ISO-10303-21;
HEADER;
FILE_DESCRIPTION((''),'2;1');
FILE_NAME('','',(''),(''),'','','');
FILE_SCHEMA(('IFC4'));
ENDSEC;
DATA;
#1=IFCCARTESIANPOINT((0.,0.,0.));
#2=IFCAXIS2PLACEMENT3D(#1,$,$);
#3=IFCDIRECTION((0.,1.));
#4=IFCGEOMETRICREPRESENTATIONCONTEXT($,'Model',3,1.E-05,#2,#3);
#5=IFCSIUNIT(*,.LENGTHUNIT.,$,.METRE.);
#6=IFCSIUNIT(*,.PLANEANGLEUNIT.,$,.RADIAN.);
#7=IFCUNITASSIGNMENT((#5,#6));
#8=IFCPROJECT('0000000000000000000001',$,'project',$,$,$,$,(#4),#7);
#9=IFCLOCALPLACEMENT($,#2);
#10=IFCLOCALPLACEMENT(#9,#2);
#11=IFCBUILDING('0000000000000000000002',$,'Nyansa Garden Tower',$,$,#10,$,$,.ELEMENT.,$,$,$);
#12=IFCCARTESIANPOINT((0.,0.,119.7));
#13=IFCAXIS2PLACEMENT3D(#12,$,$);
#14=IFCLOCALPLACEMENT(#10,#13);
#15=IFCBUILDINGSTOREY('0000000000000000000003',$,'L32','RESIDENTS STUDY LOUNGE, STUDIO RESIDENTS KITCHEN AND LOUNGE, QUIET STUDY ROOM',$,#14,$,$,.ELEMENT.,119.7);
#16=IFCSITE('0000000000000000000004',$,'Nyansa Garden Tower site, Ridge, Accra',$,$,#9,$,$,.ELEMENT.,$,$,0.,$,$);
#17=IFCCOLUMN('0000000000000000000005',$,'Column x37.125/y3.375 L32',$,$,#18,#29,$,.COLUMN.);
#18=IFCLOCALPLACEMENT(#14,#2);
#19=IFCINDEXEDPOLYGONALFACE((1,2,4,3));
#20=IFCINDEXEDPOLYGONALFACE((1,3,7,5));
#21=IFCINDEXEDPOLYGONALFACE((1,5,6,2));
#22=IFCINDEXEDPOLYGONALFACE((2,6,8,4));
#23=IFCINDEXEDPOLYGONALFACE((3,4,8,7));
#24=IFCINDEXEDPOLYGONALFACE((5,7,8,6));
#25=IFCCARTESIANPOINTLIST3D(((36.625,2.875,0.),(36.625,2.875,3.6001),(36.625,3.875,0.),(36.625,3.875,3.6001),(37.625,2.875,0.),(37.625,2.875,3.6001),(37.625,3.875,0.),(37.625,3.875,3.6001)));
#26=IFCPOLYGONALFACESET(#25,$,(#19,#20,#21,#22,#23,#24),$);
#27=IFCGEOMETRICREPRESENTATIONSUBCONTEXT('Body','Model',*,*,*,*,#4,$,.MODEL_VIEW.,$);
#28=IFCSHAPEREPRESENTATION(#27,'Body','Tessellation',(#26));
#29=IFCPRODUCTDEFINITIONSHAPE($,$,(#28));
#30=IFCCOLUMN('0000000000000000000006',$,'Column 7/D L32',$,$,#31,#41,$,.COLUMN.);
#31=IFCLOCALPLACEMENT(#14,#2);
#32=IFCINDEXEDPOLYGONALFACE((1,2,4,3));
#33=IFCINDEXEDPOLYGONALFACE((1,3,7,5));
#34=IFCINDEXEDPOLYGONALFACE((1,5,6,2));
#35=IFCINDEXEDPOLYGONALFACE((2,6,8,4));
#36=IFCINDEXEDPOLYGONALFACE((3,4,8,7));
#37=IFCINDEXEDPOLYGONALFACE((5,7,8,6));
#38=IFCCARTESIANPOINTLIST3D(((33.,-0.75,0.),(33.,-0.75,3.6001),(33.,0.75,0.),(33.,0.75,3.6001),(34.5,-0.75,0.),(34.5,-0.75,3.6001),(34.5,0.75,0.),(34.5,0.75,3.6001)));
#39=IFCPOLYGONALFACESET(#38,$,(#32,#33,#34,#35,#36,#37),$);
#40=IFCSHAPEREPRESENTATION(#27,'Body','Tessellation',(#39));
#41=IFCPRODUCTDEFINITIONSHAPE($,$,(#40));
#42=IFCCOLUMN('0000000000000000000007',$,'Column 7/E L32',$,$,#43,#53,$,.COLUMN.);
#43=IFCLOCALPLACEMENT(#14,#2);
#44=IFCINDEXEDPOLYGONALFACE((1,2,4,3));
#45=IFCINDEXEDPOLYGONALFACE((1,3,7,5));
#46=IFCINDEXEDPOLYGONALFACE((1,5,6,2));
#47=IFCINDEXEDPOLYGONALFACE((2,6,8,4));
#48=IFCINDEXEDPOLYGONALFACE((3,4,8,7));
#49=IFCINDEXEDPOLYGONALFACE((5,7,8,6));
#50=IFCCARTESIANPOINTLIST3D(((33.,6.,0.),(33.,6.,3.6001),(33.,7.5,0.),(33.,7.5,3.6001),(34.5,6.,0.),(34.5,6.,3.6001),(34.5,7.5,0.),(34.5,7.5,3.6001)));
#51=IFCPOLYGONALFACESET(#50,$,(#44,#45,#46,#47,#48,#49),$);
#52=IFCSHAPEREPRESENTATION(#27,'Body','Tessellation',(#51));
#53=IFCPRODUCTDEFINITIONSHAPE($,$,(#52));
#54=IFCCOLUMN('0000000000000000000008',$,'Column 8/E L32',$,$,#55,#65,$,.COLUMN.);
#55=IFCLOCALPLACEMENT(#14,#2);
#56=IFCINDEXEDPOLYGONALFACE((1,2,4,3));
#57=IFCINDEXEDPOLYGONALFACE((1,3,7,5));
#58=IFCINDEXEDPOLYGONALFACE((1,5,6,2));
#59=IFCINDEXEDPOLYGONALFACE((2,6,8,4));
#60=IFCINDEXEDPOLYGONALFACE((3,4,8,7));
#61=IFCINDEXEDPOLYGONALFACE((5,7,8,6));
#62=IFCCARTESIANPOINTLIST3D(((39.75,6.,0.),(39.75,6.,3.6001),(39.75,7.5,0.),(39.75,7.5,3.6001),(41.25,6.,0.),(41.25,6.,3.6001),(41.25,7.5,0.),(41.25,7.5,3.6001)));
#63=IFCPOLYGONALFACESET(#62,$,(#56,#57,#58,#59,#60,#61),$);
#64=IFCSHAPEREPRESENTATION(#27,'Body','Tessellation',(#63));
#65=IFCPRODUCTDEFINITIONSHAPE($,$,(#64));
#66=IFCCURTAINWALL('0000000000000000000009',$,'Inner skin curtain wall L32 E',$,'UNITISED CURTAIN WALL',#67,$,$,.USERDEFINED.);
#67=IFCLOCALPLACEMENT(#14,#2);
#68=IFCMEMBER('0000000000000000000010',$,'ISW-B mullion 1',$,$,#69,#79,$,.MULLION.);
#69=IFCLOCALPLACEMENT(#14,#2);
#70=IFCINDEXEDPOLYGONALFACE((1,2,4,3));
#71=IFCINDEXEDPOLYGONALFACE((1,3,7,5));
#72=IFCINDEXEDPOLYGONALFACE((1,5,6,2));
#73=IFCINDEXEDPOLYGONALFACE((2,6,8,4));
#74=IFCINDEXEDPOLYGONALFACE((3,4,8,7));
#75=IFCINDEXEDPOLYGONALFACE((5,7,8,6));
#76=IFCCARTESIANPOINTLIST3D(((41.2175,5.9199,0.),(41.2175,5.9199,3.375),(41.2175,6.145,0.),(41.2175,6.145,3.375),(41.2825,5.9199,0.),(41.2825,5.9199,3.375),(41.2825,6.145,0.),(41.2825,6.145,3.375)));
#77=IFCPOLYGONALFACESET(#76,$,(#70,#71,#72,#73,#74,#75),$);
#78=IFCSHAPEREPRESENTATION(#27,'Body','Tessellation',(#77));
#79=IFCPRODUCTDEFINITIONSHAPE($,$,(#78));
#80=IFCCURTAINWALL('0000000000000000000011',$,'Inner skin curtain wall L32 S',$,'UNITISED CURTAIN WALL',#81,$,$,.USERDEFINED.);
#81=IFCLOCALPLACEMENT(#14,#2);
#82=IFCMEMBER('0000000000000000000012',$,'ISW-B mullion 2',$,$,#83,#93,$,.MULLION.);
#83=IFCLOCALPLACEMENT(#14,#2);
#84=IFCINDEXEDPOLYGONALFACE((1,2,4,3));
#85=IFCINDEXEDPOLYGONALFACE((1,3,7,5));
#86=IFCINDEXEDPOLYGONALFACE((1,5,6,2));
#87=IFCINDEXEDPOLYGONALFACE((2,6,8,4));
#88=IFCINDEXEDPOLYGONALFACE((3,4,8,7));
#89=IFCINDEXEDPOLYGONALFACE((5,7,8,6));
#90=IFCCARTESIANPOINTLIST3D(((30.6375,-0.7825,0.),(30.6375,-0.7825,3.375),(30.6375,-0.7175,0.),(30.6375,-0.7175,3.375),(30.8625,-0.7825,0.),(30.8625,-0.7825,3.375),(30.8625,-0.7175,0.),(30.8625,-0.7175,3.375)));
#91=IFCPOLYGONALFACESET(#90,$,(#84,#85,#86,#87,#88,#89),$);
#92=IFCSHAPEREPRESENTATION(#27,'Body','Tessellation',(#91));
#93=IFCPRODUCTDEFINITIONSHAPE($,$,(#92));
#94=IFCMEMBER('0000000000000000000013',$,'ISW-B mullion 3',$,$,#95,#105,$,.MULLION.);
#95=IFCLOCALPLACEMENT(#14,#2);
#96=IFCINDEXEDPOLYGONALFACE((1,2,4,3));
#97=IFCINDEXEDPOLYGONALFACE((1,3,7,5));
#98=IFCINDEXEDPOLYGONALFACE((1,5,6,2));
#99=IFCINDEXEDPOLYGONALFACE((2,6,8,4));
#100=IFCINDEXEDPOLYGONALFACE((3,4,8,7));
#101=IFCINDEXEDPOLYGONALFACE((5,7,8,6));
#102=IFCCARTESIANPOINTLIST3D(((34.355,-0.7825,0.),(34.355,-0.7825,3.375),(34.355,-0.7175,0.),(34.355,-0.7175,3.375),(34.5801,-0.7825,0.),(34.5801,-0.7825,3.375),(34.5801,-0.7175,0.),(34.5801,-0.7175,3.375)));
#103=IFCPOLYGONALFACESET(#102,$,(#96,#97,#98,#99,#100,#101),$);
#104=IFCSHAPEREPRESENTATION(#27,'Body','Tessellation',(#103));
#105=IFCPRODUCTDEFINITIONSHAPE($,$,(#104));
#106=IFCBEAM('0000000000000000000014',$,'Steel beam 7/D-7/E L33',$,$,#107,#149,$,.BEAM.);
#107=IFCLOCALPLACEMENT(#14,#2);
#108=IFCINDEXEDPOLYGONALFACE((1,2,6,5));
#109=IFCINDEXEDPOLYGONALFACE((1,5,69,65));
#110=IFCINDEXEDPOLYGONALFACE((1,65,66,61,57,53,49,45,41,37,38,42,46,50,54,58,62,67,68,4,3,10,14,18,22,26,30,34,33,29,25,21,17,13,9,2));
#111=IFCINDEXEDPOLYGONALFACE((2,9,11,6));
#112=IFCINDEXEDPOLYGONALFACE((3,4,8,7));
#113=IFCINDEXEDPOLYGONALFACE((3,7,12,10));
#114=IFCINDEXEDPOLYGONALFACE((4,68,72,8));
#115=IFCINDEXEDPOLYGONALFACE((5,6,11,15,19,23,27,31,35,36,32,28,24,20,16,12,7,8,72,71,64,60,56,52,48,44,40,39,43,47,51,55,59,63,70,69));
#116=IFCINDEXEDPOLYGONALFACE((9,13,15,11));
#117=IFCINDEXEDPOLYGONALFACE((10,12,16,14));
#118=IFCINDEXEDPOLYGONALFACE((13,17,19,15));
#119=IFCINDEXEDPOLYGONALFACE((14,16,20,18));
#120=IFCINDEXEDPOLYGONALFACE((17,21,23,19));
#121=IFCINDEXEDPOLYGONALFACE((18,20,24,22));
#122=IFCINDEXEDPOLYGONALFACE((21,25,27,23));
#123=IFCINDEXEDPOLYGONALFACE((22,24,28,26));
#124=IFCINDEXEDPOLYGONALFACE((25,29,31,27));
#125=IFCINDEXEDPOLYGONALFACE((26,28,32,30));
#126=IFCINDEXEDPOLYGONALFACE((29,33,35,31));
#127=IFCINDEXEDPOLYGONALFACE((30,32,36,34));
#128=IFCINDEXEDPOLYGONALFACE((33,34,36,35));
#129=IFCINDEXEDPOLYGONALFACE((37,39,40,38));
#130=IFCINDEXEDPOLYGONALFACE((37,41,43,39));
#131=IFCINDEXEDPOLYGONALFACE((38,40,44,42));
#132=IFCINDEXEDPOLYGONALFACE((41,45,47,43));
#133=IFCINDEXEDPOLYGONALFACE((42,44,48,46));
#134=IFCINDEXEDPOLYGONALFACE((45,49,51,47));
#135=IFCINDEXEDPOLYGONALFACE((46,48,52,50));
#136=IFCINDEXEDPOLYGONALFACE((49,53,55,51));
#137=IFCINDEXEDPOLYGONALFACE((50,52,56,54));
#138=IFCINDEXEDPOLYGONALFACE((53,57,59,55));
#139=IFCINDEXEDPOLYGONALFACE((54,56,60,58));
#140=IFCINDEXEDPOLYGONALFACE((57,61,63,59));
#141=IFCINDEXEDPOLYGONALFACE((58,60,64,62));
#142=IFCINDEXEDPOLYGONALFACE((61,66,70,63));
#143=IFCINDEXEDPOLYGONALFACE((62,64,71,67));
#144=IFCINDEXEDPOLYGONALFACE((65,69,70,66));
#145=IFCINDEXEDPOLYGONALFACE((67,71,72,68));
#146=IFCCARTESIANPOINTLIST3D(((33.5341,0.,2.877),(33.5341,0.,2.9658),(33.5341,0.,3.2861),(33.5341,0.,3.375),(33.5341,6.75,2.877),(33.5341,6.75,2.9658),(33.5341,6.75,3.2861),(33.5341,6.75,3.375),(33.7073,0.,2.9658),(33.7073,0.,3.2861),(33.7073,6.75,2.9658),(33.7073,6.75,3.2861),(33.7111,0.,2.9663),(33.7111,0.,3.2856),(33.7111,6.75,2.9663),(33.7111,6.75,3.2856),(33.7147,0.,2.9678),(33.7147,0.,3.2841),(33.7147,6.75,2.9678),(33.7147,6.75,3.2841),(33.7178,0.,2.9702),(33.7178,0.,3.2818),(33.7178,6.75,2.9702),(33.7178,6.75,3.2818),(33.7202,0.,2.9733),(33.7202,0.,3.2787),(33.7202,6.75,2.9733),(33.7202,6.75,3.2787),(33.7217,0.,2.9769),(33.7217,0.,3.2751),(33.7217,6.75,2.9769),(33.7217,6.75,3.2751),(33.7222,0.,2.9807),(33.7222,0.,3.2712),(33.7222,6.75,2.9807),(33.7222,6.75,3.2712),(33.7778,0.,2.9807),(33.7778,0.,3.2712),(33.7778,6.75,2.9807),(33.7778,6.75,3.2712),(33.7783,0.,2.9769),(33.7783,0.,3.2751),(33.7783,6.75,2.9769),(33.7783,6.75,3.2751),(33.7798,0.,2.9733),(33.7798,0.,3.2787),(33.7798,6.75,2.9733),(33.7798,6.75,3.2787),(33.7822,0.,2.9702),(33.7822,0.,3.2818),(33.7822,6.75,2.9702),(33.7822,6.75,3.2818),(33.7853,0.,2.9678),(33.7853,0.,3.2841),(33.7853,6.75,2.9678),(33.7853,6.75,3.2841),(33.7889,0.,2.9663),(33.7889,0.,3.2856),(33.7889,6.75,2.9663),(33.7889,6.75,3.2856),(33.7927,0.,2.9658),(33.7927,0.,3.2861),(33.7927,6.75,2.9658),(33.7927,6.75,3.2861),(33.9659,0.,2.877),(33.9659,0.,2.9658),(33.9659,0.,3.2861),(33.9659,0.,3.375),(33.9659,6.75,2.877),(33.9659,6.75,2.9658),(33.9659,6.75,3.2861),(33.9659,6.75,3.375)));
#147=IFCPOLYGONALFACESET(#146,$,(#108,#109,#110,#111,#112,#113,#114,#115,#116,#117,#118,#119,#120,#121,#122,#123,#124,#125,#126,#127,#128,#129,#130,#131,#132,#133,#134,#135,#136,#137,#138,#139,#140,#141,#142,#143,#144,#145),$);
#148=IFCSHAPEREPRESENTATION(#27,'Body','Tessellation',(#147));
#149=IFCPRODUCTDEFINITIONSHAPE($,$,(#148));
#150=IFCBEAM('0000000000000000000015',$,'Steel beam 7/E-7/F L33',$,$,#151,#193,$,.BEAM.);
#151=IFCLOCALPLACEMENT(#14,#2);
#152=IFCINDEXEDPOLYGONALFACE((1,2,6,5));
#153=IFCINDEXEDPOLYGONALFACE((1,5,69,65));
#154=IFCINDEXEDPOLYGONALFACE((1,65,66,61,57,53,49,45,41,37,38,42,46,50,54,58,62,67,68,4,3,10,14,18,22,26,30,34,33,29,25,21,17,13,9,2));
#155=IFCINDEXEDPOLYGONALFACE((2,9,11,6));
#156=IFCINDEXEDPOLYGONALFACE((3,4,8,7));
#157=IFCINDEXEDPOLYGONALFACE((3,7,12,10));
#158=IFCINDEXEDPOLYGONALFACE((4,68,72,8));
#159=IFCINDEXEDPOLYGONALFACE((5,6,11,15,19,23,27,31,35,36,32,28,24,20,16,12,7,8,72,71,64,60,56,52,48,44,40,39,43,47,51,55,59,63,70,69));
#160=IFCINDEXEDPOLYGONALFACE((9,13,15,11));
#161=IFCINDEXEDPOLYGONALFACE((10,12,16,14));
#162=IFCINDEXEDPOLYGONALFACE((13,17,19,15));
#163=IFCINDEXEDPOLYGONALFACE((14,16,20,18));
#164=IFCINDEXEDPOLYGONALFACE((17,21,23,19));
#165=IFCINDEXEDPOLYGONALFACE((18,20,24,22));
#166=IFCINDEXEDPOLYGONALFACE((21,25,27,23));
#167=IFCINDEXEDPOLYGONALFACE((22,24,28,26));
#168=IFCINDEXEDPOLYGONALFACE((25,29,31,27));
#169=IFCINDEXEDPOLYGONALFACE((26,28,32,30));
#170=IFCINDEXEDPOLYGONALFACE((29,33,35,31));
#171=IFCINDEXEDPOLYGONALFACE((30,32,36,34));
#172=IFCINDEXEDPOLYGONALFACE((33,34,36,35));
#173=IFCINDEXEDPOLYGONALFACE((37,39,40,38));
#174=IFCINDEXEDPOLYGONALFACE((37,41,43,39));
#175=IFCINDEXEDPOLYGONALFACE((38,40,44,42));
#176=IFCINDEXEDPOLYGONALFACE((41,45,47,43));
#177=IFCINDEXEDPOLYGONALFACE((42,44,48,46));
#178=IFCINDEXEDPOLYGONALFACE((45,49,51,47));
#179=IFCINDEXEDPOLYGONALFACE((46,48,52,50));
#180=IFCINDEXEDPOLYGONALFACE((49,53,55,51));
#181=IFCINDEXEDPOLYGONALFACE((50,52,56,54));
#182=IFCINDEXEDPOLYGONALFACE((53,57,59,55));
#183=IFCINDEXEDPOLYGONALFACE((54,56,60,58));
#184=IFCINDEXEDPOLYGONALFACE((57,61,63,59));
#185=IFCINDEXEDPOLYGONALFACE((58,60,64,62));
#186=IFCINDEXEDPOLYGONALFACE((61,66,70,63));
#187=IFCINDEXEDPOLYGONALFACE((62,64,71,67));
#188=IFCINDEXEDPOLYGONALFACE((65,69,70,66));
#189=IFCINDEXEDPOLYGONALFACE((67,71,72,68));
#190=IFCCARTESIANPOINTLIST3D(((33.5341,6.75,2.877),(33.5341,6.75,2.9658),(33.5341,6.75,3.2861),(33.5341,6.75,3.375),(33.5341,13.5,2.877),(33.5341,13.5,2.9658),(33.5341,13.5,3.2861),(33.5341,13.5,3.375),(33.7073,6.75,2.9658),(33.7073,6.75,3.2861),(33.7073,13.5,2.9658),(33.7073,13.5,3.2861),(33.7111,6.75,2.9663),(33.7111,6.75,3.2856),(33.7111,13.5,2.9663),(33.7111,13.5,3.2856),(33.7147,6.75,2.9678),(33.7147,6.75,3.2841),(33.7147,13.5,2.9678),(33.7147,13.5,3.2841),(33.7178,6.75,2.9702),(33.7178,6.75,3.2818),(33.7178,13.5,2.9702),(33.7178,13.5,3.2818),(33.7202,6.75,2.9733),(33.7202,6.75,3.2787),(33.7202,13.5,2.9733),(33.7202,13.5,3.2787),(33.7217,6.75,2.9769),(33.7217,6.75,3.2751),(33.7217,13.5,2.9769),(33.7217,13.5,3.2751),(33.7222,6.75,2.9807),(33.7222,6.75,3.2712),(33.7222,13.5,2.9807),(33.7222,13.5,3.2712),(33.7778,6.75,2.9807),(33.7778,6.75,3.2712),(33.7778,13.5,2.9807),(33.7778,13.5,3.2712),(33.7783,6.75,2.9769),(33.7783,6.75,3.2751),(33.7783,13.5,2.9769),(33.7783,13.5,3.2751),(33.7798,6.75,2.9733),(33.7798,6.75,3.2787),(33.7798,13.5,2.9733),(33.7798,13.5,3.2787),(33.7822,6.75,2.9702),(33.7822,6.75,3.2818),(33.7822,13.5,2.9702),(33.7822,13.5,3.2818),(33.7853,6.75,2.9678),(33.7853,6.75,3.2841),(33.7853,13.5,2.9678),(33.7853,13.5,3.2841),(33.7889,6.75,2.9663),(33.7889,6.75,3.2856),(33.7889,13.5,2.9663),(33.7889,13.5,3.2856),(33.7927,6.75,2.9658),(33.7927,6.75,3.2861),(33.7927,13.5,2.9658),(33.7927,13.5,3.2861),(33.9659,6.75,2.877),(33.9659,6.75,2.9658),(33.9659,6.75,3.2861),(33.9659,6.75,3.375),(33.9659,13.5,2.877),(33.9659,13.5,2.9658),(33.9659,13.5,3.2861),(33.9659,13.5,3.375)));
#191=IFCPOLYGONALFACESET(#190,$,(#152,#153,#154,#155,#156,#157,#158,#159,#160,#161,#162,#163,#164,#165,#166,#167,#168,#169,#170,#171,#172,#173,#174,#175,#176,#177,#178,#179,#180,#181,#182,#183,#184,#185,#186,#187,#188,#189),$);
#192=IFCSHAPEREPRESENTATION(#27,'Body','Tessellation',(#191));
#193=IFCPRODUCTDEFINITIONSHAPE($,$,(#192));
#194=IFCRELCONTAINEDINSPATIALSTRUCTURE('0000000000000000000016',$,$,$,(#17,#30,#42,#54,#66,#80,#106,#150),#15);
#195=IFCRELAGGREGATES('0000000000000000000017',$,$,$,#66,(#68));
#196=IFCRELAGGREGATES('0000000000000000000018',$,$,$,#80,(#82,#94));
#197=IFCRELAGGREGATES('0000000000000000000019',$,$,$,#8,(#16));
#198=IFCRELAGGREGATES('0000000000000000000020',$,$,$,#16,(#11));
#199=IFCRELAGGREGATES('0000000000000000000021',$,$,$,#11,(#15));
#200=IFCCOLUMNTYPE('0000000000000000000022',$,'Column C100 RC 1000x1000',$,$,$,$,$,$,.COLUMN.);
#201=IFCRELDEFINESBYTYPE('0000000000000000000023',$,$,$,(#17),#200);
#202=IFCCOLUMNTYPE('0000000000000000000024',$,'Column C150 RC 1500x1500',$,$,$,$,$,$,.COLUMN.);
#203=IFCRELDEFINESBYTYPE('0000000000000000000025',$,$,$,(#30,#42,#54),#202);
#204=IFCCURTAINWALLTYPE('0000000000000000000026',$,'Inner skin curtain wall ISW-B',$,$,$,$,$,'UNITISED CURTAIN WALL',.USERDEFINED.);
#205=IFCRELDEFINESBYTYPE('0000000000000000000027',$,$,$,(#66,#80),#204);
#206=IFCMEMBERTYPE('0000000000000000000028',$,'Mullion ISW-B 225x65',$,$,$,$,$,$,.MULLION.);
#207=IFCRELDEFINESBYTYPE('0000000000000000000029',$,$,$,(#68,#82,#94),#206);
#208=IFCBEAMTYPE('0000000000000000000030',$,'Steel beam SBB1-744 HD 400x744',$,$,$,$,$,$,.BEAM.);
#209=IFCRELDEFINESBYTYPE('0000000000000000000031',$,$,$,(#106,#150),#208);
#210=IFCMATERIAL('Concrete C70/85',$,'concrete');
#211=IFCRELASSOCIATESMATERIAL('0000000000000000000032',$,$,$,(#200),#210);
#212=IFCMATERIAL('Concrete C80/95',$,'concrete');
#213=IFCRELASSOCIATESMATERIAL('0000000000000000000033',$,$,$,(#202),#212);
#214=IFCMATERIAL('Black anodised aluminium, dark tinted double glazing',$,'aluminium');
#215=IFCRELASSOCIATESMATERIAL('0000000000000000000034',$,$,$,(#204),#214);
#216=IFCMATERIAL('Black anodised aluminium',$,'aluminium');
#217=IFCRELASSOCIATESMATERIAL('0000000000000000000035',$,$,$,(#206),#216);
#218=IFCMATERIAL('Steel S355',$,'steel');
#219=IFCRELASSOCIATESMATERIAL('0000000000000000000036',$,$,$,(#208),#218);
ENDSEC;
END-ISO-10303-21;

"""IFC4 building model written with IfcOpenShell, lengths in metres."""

from ifc_helpers import new_model, si_unit, direction, frame, origin, origin_2d, place, context, subcontext, project, spatial, rectangle, i_section, extrude, material, material_profile, profile_set, type_object, element, aggregate, save


model = new_model("IFC4")

# Units and contexts
model_context = context("Model", 3, precision=1e-05, world=origin(), true_north=direction((0.0, 1.0)))
body_context = subcontext(model_context, "Body", "Model", "MODEL_VIEW")
ifc_project = project(units=[si_unit("LENGTHUNIT", "METRE"), si_unit("PLANEANGLEUNIT", "RADIAN")], contexts=[model_context])

# Site, building, storey
site_placement = place(None, origin())
site = spatial("IfcSite", under=ifc_project, at=site_placement, Name="Nyansa Garden Tower site, Ridge, Accra", CompositionType="ELEMENT", RefElevation=0.0)
building_placement = place(site_placement, origin())
building = spatial("IfcBuilding", under=site, at=building_placement, Name="Nyansa Garden Tower", CompositionType="ELEMENT")
storey_placement = place(building_placement, frame((0.0, 0.0, 119.7)))
storey = spatial("IfcBuildingStorey", under=building, at=storey_placement, Name="L32", Description="RESIDENTS STUDY LOUNGE, STUDIO RESIDENTS KITCHEN AND LOUNGE, QUIET STUDY ROOM", CompositionType="ELEMENT", Elevation=119.7)

# Columns
ifc_material_1 = material(Name="Concrete C70/85", Category="concrete")
ifc_material_profile_1 = material_profile(ifc_material_1, rectangle(XDim=1.0, YDim=1.0, at=origin_2d()), Name="RC 1000x1000")
ifc_profile_set_1 = profile_set([ifc_material_profile_1], Name="Concrete C70/85")
column_type_1 = type_object("IfcColumnType", Name="Column C100 RC 1000x1000", PredefinedType="COLUMN", material=ifc_profile_set_1)
column_placement = place(storey_placement, frame((37.125, 3.375, 0.0), z_axis=(0.0, 0.0, 1.0), x_axis=(1.0, 0.0, 0.0)))
element("IfcColumn", 1, at=column_placement, inside=storey, type_object=column_type_1, Name="Column x37.125/y3.375 L32", PredefinedType="COLUMN", context=body_context, shape_type="SweptSolid", body=[
    extrude(rectangle(XDim=1.0, YDim=1.0, at=origin_2d()), origin(), (0.0, 0.0, 1.0), 3.6001),
])
ifc_material_2 = material(Name="Concrete C80/95", Category="concrete")
ifc_material_profile_2 = material_profile(ifc_material_2, rectangle(XDim=1.5, YDim=1.5, at=origin_2d()), Name="RC 1500x1500")
ifc_profile_set_2 = profile_set([ifc_material_profile_2], Name="Concrete C80/95")
column_type_2 = type_object("IfcColumnType", Name="Column C150 RC 1500x1500", PredefinedType="COLUMN", material=ifc_profile_set_2)
for number, where, z_axis, x_axis, name in (
    (2, (33.75, 0.0, 0.0), (0.0, 0.0, 1.0), (1.0, 0.0, 0.0), "Column 7/D L32"),
    (3, (33.75, 6.75, 0.0), (0.0, 0.0, 1.0), (1.0, 0.0, 0.0), "Column 7/E L32"),
    (4, (40.5, 6.75, 0.0), (0.0, 0.0, 1.0), (1.0, 0.0, 0.0), "Column 8/E L32"),
):
    element("IfcColumn", number, at=place(storey_placement, frame(where, z_axis=z_axis, x_axis=x_axis)), inside=storey, type_object=column_type_2, Name=name, PredefinedType="COLUMN", context=body_context, shape_type="SweptSolid", body=[
        extrude(rectangle(XDim=1.5, YDim=1.5, at=origin_2d()), origin(), (0.0, 0.0, 1.0), 3.6001),
    ])

# Curtain wall, member
ifc_material_3 = material(Name="Black anodised aluminium, dark tinted double glazing", Category="aluminium")
curtain_wall_type = type_object("IfcCurtainWallType", Name="Inner skin curtain wall ISW-B", ElementType="UNITISED CURTAIN WALL", PredefinedType="USERDEFINED", material=ifc_material_3)
curtain_wall_1_placement = place(storey_placement, origin())
curtain_wall_1 = element("IfcCurtainWall", 5, at=curtain_wall_1_placement, inside=storey, type_object=curtain_wall_type, Name="Inner skin curtain wall L32 E", ObjectType="UNITISED CURTAIN WALL", PredefinedType="USERDEFINED")
ifc_material_4 = material(Name="Black anodised aluminium", Category="aluminium")
ifc_material_profile_3 = material_profile(ifc_material_4, rectangle(XDim=0.0649, YDim=0.2251, at=origin_2d()), Name="Mullion 225x65")
ifc_profile_set_3 = profile_set([ifc_material_profile_3], Name="Black anodised aluminium")
member_type_1 = type_object("IfcMemberType", Name="Mullion ISW-B 225x65", PredefinedType="MULLION", material=ifc_profile_set_3)
member_1_placement = place(storey_placement, frame((41.25, 6.0325, 0.0), z_axis=(0.0, 0.0, 1.0), x_axis=(-1.0, 0.0, 0.0)))
member_1 = element("IfcMember", 6, at=member_1_placement, type_object=member_type_1, Name="ISW-B mullion 1", PredefinedType="MULLION", context=body_context, shape_type="SweptSolid", body=[
    extrude(rectangle(XDim=0.0649, YDim=0.2251, at=origin_2d()), origin(), (0.0, 0.0, 1.0), 3.375),
])

# Curtain wall, members
curtain_wall_2_placement = place(storey_placement, origin())
curtain_wall_2 = element("IfcCurtainWall", 7, at=curtain_wall_2_placement, inside=storey, type_object=curtain_wall_type, Name="Inner skin curtain wall L32 S", ObjectType="UNITISED CURTAIN WALL", PredefinedType="USERDEFINED")
member_2_placement = place(storey_placement, frame((30.75, -0.75, 0.0), z_axis=(0.0, 0.0, 1.0), x_axis=(0.0, 1.0, 0.0)))
member_2 = element("IfcMember", 8, at=member_2_placement, type_object=member_type_1, Name="ISW-B mullion 2", PredefinedType="MULLION", context=body_context, shape_type="SweptSolid", body=[
    extrude(rectangle(XDim=0.0649, YDim=0.2251, at=origin_2d()), origin(), (0.0, 0.0, 1.0), 3.375),
])
member_3_placement = place(storey_placement, frame((34.4675, -0.75, 0.0), z_axis=(0.0, 0.0, 1.0), x_axis=(0.0, 1.0, 0.0)))
member_3 = element("IfcMember", 9, at=member_3_placement, type_object=member_type_1, Name="ISW-B mullion 3", PredefinedType="MULLION", context=body_context, shape_type="SweptSolid", body=[
    extrude(rectangle(XDim=0.0649, YDim=0.2251, at=origin_2d()), origin(), (0.0, 0.0, 1.0), 3.375),
])

# Beams
ifc_material_5 = material(Name="Steel S355", Category="steel")
ifc_material_profile_4 = material_profile(ifc_material_5, i_section(OverallWidth=0.4319, OverallDepth=0.498, WebThickness=0.0557, FlangeThickness=0.0889, FilletRadius=0.0149, at=origin_2d()), Name="HD 400x744")
ifc_profile_set_4 = profile_set([ifc_material_profile_4], Name="Steel S355")
beam_type_1 = type_object("IfcBeamType", Name="Steel beam SBB1-744 HD 400x744", PredefinedType="BEAM", material=ifc_profile_set_4)
for number, where, z_axis, x_axis, name in (
    (10, (33.75, 0.0, 3.126), (0.0, 1.0, 0.0), (-1.0, 0.0, 0.0), "Steel beam 7/D-7/E L33"),
    (11, (33.75, 6.75, 3.126), (0.0, 1.0, 0.0), (-1.0, 0.0, 0.0), "Steel beam 7/E-7/F L33"),
):
    element("IfcBeam", number, at=place(storey_placement, frame(where, z_axis=z_axis, x_axis=x_axis)), inside=storey, type_object=beam_type_1, Name=name, PredefinedType="BEAM", context=body_context, shape_type="SweptSolid", body=[
        extrude(i_section(OverallWidth=0.4319, OverallDepth=0.498, WebThickness=0.0557, FlangeThickness=0.0889, FilletRadius=0.0149, at=origin_2d()), origin(), (0.0, 0.0, 1.0), 6.75),
    ])

aggregate(curtain_wall_1, [member_1])
aggregate(curtain_wall_2, [member_2, member_3])

save(model, "model.ifc")
